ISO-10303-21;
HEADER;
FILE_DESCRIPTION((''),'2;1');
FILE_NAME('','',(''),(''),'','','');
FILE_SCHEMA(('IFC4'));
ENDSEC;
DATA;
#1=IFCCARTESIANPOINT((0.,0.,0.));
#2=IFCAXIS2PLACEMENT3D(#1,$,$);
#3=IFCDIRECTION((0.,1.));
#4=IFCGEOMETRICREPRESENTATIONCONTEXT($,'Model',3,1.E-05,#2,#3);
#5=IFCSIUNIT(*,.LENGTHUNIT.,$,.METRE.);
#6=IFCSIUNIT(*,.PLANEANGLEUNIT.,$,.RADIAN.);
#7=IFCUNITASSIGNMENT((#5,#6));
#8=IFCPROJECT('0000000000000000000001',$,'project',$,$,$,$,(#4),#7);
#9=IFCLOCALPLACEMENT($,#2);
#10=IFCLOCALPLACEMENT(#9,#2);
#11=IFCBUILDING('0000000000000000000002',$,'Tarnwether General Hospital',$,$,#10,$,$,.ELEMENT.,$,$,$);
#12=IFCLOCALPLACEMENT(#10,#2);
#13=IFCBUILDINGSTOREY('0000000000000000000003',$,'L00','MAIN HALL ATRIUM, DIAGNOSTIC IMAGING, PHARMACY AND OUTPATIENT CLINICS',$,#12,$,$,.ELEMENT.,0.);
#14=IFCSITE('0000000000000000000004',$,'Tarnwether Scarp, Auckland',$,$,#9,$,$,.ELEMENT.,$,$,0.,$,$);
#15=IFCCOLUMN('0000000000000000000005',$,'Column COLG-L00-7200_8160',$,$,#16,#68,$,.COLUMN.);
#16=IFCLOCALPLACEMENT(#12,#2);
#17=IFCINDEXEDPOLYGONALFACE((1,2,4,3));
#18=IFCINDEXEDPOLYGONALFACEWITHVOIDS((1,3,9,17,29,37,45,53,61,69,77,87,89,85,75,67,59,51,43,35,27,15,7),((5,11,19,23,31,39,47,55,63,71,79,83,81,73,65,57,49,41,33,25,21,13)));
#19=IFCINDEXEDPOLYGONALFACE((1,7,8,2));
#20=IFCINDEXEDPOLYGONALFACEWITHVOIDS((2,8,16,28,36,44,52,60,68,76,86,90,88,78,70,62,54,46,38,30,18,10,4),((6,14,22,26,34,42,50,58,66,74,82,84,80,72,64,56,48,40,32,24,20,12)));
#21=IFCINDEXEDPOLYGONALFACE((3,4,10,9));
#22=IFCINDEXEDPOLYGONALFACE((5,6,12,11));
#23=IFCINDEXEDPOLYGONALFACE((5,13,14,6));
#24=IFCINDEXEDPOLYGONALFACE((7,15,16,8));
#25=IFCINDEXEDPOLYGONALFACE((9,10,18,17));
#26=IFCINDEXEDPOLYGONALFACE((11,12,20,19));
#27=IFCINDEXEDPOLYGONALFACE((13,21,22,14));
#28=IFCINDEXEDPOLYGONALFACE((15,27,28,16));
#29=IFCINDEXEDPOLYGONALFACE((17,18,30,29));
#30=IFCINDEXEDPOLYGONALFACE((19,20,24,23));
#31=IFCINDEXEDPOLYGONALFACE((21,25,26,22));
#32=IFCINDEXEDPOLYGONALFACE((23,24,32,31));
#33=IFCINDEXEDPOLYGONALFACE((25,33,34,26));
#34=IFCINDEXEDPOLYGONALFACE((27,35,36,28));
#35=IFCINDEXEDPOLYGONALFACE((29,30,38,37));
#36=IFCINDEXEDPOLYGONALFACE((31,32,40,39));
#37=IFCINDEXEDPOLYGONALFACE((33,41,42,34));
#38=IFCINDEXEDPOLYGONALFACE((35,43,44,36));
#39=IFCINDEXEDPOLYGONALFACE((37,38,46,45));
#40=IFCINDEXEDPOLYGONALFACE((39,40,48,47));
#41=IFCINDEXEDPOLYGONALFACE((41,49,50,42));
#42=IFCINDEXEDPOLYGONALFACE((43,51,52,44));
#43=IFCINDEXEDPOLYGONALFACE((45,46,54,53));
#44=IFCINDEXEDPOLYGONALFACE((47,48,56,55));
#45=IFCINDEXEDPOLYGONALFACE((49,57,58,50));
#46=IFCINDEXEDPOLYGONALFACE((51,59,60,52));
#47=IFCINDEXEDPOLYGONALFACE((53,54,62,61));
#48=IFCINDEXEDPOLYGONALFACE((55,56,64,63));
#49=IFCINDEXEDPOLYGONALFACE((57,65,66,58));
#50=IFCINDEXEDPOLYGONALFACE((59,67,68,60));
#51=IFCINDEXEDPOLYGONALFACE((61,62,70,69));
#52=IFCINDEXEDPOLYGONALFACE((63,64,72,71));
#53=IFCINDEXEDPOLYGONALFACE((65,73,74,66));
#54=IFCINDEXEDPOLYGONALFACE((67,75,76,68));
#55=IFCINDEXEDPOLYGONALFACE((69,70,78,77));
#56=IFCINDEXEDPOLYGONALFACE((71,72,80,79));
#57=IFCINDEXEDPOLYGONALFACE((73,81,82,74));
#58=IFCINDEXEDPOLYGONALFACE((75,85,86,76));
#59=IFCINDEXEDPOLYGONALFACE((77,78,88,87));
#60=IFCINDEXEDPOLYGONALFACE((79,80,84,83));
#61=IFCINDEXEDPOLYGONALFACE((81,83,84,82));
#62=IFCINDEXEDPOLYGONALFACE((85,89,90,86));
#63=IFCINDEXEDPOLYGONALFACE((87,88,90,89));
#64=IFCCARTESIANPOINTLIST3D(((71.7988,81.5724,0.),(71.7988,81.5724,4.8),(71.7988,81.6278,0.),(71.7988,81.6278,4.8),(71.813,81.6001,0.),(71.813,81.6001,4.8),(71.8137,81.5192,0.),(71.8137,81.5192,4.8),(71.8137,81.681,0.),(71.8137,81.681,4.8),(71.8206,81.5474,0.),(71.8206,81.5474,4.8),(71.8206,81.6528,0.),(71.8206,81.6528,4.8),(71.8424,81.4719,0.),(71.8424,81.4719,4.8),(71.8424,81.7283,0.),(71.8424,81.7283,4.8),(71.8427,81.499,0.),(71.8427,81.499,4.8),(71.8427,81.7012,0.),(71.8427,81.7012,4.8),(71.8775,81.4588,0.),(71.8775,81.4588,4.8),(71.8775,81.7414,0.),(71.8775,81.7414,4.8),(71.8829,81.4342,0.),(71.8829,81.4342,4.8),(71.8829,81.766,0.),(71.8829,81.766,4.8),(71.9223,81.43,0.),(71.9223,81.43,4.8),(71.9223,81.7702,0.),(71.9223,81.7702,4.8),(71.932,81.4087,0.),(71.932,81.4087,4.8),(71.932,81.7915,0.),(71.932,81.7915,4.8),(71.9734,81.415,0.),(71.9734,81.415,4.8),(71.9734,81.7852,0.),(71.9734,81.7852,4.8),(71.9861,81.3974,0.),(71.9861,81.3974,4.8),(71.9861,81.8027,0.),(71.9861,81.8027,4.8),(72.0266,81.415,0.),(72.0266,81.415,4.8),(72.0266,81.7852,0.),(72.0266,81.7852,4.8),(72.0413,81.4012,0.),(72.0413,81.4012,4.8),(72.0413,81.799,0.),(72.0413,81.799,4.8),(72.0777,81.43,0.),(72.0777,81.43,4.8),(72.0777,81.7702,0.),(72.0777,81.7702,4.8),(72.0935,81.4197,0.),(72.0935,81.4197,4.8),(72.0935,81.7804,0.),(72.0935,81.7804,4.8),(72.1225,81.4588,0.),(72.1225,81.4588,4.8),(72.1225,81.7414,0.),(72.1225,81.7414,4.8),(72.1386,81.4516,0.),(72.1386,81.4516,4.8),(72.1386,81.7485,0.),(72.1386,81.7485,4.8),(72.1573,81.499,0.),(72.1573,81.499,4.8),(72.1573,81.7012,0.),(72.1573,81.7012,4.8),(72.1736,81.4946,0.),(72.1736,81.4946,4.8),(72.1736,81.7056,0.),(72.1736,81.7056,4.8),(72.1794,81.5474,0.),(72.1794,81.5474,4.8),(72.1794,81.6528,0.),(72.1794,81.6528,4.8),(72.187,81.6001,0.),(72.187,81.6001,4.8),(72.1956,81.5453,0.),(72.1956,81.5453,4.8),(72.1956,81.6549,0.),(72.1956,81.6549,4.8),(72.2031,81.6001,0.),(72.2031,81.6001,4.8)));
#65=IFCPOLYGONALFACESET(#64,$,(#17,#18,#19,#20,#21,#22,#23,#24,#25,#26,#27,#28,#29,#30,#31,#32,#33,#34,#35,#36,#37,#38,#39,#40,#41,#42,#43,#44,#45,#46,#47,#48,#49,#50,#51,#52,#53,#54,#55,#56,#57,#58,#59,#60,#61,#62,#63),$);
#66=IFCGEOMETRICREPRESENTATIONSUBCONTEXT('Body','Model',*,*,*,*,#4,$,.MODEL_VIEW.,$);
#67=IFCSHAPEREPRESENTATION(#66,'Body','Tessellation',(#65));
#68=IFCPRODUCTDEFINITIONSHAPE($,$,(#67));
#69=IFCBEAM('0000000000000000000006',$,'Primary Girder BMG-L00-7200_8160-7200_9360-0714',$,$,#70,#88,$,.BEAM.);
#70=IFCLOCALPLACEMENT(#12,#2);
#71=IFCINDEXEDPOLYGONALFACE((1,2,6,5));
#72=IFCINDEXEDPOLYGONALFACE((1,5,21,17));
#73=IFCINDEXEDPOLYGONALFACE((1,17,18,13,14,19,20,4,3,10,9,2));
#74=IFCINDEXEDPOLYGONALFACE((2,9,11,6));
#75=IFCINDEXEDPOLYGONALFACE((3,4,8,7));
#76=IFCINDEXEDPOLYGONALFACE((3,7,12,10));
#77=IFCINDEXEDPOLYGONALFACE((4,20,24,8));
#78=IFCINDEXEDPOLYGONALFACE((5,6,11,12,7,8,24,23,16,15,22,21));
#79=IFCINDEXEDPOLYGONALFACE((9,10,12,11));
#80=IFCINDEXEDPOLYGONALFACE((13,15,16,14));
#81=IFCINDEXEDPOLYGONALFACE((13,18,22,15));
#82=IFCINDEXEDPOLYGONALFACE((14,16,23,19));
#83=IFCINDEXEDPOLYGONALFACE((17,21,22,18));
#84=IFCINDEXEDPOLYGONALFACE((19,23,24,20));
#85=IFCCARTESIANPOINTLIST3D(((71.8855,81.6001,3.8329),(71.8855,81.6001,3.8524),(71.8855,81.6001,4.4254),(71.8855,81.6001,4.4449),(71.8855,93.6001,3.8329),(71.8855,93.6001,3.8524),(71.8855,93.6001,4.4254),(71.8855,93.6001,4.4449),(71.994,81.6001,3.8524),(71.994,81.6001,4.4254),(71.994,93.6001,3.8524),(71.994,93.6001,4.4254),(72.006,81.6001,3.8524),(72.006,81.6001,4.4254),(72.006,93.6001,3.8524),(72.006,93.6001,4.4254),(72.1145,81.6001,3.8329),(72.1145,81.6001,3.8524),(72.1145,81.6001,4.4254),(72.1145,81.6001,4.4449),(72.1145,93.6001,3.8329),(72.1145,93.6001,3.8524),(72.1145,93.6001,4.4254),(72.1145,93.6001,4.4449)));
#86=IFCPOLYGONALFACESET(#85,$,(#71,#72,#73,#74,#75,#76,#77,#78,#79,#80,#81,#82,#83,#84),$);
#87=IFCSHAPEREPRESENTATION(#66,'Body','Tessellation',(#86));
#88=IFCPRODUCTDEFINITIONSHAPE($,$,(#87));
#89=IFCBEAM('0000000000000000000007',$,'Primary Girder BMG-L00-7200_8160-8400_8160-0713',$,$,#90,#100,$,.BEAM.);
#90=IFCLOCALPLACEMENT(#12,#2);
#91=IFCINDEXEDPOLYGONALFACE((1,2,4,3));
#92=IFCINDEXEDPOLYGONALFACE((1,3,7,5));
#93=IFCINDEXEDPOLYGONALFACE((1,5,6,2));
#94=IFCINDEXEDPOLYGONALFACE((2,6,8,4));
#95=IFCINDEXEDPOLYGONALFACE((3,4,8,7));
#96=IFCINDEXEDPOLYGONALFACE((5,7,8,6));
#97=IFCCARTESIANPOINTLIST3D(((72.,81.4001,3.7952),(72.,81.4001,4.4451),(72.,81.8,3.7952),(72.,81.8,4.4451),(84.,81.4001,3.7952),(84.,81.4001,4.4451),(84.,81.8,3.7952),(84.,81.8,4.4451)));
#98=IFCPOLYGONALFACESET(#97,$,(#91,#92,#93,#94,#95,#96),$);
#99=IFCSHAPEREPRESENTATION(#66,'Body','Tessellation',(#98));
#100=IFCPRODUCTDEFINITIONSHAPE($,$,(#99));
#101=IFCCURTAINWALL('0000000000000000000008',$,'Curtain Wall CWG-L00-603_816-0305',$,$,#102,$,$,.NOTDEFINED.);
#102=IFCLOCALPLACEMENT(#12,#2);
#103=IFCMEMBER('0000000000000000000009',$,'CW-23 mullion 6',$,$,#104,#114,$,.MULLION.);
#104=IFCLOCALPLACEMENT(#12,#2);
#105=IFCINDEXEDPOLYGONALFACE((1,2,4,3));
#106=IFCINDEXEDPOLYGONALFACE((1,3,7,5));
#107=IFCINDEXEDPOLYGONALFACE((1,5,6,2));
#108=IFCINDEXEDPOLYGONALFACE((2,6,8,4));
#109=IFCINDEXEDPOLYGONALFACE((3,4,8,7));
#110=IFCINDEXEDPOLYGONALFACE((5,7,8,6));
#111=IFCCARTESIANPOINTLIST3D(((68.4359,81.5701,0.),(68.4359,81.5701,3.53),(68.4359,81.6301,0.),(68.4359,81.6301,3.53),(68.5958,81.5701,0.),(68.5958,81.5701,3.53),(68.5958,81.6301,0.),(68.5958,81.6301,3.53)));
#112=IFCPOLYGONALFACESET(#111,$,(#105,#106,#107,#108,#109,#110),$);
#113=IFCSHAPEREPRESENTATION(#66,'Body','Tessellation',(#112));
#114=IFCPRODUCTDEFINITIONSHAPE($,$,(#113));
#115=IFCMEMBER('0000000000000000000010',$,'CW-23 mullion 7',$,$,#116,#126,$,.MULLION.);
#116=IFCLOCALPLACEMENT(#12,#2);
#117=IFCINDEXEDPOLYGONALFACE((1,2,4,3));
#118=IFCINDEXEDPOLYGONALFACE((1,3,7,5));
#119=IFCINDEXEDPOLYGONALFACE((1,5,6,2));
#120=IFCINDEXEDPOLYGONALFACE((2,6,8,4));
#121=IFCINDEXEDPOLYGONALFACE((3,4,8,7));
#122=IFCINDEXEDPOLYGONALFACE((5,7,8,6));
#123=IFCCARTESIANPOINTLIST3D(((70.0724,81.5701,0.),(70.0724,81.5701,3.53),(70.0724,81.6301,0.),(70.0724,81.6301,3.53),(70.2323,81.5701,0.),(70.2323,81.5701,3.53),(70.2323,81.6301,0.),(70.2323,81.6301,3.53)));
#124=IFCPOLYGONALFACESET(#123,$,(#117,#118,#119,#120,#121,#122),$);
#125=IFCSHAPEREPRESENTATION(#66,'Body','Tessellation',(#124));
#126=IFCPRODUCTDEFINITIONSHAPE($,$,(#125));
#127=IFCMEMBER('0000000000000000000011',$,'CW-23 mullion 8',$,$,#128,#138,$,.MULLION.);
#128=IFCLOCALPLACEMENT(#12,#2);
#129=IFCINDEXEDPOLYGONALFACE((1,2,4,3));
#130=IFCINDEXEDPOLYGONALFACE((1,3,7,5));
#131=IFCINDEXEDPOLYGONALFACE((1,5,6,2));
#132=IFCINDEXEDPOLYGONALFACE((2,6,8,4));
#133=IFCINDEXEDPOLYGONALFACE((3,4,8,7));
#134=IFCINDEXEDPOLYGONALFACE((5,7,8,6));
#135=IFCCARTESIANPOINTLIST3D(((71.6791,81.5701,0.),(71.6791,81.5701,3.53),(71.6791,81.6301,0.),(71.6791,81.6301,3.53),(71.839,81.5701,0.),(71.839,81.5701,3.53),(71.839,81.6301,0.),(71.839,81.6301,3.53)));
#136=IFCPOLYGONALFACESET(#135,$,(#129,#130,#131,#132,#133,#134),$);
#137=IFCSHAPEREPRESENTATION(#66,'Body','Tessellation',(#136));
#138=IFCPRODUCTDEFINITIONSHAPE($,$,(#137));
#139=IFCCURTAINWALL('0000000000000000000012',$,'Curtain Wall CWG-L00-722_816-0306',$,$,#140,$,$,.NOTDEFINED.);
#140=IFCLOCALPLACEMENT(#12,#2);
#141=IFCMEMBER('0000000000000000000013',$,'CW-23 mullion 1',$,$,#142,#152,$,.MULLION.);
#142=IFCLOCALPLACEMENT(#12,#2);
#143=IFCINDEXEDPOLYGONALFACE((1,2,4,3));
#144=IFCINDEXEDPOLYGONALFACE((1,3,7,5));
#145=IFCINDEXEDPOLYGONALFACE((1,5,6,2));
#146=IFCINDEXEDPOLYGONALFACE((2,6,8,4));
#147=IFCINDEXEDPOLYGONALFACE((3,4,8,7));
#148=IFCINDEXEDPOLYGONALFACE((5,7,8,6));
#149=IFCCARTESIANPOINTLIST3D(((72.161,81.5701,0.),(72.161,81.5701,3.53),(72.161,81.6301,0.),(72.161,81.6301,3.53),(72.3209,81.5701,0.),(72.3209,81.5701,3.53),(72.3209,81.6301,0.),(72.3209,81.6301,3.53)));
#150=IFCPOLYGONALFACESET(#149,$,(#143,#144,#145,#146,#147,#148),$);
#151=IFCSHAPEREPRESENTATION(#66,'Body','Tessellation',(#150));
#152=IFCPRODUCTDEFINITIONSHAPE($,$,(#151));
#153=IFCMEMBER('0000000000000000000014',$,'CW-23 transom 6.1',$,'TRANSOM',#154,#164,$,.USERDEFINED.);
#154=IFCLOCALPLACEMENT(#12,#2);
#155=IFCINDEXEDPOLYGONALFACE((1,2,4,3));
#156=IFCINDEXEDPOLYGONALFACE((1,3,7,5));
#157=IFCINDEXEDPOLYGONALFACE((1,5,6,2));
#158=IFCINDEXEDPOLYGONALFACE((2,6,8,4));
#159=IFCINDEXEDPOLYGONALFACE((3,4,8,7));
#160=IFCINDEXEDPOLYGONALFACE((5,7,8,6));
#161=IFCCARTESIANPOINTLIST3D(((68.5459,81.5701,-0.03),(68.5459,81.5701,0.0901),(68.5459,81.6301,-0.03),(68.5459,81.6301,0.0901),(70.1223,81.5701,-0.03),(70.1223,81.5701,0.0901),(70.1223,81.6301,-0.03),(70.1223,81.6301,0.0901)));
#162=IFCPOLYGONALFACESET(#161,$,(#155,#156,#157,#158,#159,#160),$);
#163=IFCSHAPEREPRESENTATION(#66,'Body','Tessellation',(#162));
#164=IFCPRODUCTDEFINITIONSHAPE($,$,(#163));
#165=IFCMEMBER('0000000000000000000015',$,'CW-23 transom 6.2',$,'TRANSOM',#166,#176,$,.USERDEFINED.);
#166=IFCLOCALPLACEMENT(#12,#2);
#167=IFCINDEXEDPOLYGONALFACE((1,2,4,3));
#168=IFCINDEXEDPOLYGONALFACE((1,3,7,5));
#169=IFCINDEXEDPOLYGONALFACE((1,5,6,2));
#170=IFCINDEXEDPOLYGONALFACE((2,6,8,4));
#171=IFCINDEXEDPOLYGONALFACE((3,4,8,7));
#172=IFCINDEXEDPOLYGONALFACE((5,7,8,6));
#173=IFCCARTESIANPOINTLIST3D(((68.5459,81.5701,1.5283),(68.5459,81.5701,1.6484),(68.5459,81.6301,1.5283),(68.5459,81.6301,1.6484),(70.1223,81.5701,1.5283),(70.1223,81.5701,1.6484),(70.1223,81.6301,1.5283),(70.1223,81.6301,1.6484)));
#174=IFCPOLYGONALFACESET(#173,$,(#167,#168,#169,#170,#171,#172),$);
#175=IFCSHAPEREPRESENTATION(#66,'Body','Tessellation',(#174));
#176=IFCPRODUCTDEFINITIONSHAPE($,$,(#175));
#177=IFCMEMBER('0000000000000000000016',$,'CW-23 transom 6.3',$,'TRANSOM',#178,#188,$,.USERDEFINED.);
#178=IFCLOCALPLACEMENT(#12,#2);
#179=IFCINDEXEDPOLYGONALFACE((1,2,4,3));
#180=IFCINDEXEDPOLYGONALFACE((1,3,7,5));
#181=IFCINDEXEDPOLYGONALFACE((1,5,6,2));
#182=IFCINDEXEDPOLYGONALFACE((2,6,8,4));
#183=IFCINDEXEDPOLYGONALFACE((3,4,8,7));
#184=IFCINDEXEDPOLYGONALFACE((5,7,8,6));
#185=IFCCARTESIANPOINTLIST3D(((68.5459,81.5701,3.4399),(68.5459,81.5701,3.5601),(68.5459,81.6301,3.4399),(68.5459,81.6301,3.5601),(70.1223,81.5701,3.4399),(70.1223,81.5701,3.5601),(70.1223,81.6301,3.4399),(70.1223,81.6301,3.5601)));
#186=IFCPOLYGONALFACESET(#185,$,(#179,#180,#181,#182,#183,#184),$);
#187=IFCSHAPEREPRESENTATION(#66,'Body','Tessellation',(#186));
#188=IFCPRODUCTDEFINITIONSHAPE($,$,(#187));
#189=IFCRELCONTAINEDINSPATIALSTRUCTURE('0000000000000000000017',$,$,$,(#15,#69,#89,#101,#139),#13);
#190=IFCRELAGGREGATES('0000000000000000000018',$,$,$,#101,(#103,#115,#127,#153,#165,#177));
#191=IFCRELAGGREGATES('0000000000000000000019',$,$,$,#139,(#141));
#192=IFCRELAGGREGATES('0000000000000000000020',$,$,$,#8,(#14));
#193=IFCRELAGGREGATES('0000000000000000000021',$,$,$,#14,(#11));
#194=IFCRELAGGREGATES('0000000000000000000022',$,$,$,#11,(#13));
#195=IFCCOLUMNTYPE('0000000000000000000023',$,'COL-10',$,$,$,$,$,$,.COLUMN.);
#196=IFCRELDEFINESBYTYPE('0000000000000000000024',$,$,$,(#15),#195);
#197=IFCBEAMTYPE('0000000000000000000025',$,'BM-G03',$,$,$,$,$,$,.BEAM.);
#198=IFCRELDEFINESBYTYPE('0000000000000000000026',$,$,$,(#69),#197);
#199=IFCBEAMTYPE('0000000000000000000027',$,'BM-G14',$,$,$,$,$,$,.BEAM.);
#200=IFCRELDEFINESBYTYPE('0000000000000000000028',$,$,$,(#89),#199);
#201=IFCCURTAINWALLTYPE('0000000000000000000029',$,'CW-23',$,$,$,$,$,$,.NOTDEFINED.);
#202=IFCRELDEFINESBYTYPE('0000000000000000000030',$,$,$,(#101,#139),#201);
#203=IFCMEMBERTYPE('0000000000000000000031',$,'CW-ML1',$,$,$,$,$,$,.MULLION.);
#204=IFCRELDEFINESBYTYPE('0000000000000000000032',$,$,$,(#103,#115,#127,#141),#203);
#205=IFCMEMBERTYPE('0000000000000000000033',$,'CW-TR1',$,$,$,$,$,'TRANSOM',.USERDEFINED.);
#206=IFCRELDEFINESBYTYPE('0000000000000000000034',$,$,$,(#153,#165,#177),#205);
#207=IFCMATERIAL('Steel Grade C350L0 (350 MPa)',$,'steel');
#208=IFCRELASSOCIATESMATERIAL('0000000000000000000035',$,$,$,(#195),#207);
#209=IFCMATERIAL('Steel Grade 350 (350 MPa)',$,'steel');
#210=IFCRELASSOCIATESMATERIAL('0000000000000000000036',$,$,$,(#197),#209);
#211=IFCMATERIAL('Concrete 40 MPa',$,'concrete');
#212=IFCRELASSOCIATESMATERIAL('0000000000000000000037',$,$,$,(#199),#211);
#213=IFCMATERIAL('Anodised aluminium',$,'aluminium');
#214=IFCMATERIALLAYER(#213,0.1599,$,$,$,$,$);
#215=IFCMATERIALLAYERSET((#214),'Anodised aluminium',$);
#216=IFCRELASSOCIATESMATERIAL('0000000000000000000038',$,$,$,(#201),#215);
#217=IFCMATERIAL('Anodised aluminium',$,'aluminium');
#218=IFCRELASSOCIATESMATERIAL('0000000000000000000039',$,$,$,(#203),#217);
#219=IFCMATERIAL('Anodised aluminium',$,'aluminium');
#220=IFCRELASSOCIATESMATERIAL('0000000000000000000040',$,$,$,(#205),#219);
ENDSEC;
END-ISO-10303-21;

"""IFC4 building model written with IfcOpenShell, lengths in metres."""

from ifc_helpers import new_model, si_unit, direction, frame, origin, origin_2d, place, context, subcontext, project, spatial, rectangle, hollow_circle, i_section, extrude, material, layer, layer_set, material_profile, profile_set, type_object, element, aggregate, save


model = new_model("IFC4")

# Units and contexts
model_context = context("Model", 3, precision=1e-05, world=origin(), true_north=direction((0.0, 1.0)))
body_context = subcontext(model_context, "Body", "Model", "MODEL_VIEW")
ifc_project = project(units=[si_unit("LENGTHUNIT", "METRE"), si_unit("PLANEANGLEUNIT", "RADIAN")], contexts=[model_context])

# Site, building, storey
site_placement = place(None, origin())
site = spatial("IfcSite", under=ifc_project, at=site_placement, Name="Tarnwether Scarp, Auckland", CompositionType="ELEMENT", RefElevation=0.0)
building_placement = place(site_placement, origin())
building = spatial("IfcBuilding", under=site, at=building_placement, Name="Tarnwether General Hospital", CompositionType="ELEMENT")
storey_placement = place(building_placement, origin())
storey = spatial("IfcBuildingStorey", under=building, at=storey_placement, Name="L00", Description="MAIN HALL ATRIUM, DIAGNOSTIC IMAGING, PHARMACY AND OUTPATIENT CLINICS", CompositionType="ELEMENT", Elevation=0.0)

# Column
ifc_material_1 = material(Name="Steel Grade C350L0 (350 MPa)", Category="steel")
ifc_material_profile_1 = material_profile(ifc_material_1, hollow_circle(Radius=0.2031, WallThickness=0.0161, at=origin_2d()), Name="CHS406.4x16.0")
ifc_profile_set_1 = profile_set([ifc_material_profile_1], Name="Steel Grade C350L0 (350 MPa)")
column_type = type_object("IfcColumnType", Name="COL-10", PredefinedType="COLUMN", material=ifc_profile_set_1)
column_placement = place(storey_placement, frame((72.0, 81.6001, 0.0), z_axis=(0.0, 0.0, 1.0), x_axis=(1.0, 0.0, 0.0)))
element("IfcColumn", 1, at=column_placement, inside=storey, type_object=column_type, Name="Column COLG-L00-7200_8160", PredefinedType="COLUMN", context=body_context, shape_type="SweptSolid", body=[
    extrude(hollow_circle(Radius=0.2031, WallThickness=0.0161, at=origin_2d()), origin(), (0.0, 0.0, 1.0), 4.8),
])

# Beams
ifc_material_2 = material(Name="Steel Grade 350 (350 MPa)", Category="steel")
ifc_material_profile_2 = material_profile(ifc_material_2, i_section(OverallWidth=0.229, OverallDepth=0.6121, WebThickness=0.012, FlangeThickness=0.0195, at=origin_2d()), Name="610UB125")
ifc_profile_set_2 = profile_set([ifc_material_profile_2], Name="Steel Grade 350 (350 MPa)")
beam_type_1 = type_object("IfcBeamType", Name="BM-G03", PredefinedType="BEAM", material=ifc_profile_set_2)
beam_1_placement = place(storey_placement, frame((72.0, 81.6001, 4.1389), z_axis=(0.0, 1.0, 0.0), x_axis=(-1.0, 0.0, 0.0)))
element("IfcBeam", 2, at=beam_1_placement, inside=storey, type_object=beam_type_1, Name="Primary Girder BMG-L00-7200_8160-7200_9360-0714", PredefinedType="BEAM", context=body_context, shape_type="SweptSolid", body=[
    extrude(i_section(OverallWidth=0.229, OverallDepth=0.6121, WebThickness=0.012, FlangeThickness=0.0195, at=origin_2d()), origin(), (0.0, 0.0, 1.0), 12.0),
])
ifc_material_3 = material(Name="Concrete 40 MPa", Category="concrete")
ifc_material_profile_3 = material_profile(ifc_material_3, rectangle(XDim=0.3999, YDim=0.6499, at=origin_2d()), Name="RC-BM-400x650")
ifc_profile_set_3 = profile_set([ifc_material_profile_3], Name="Concrete 40 MPa")
beam_type_2 = type_object("IfcBeamType", Name="BM-G14", PredefinedType="BEAM", material=ifc_profile_set_3)
beam_2_placement = place(storey_placement, frame((72.0, 81.6001, 4.1201), z_axis=(1.0, 0.0, 0.0), x_axis=(0.0, 1.0, 0.0)))
element("IfcBeam", 3, at=beam_2_placement, inside=storey, type_object=beam_type_2, Name="Primary Girder BMG-L00-7200_8160-8400_8160-0713", PredefinedType="BEAM", context=body_context, shape_type="SweptSolid", body=[
    extrude(rectangle(XDim=0.3999, YDim=0.6499, at=origin_2d()), origin(), (0.0, 0.0, 1.0), 12.0),
])

# Curtain wall, members
ifc_material_4 = material(Name="Anodised aluminium", Category="aluminium")
ifc_layer_1 = layer(ifc_material_4, 0.1599)
ifc_layer_set_1 = layer_set([ifc_layer_1], Name="Anodised aluminium")
curtain_wall_type = type_object("IfcCurtainWallType", Name="CW-23", PredefinedType="NOTDEFINED", material=ifc_layer_set_1)
curtain_wall_1_placement = place(storey_placement, origin())
curtain_wall_1 = element("IfcCurtainWall", 4, at=curtain_wall_1_placement, inside=storey, type_object=curtain_wall_type, Name="Curtain Wall CWG-L00-603_816-0305", PredefinedType="NOTDEFINED")
ifc_material_5 = material(Name="Anodised aluminium", Category="aluminium")
ifc_material_profile_4 = material_profile(ifc_material_5, rectangle(XDim=0.0601, YDim=0.1599, at=origin_2d()), Name="ALU-MUL-60x160")
ifc_profile_set_4 = profile_set([ifc_material_profile_4], Name="Anodised aluminium")
member_type_1 = type_object("IfcMemberType", Name="CW-ML1", PredefinedType="MULLION", material=ifc_profile_set_4)
member_1_placement = place(storey_placement, frame((68.5159, 81.6001, 0.0), z_axis=(0.0, 0.0, 1.0), x_axis=(0.0, 1.0, 0.0)))
member_1 = element("IfcMember", 5, at=member_1_placement, type_object=member_type_1, Name="CW-23 mullion 6", PredefinedType="MULLION", context=body_context, shape_type="SweptSolid", body=[
    extrude(rectangle(XDim=0.0601, YDim=0.1599, at=origin_2d()), origin(), (0.0, 0.0, 1.0), 3.53),
])
member_2_placement = place(storey_placement, frame((70.1523, 81.6001, 0.0), z_axis=(0.0, 0.0, 1.0), x_axis=(0.0, 1.0, 0.0)))
member_2 = element("IfcMember", 6, at=member_2_placement, type_object=member_type_1, Name="CW-23 mullion 7", PredefinedType="MULLION", context=body_context, shape_type="SweptSolid", body=[
    extrude(rectangle(XDim=0.0601, YDim=0.1599, at=origin_2d()), origin(), (0.0, 0.0, 1.0), 3.53),
])
member_3_placement = place(storey_placement, frame((71.759, 81.6001, 0.0), z_axis=(0.0, 0.0, 1.0), x_axis=(0.0, 1.0, 0.0)))
member_3 = element("IfcMember", 7, at=member_3_placement, type_object=member_type_1, Name="CW-23 mullion 8", PredefinedType="MULLION", context=body_context, shape_type="SweptSolid", body=[
    extrude(rectangle(XDim=0.0601, YDim=0.1599, at=origin_2d()), origin(), (0.0, 0.0, 1.0), 3.53),
])

# Curtain wall, member
curtain_wall_2_placement = place(storey_placement, origin())
curtain_wall_2 = element("IfcCurtainWall", 8, at=curtain_wall_2_placement, inside=storey, type_object=curtain_wall_type, Name="Curtain Wall CWG-L00-722_816-0306", PredefinedType="NOTDEFINED")
member_4_placement = place(storey_placement, frame((72.241, 81.6001, 0.0), z_axis=(0.0, 0.0, 1.0), x_axis=(0.0, 1.0, 0.0)))
member_4 = element("IfcMember", 9, at=member_4_placement, type_object=member_type_1, Name="CW-23 mullion 1", PredefinedType="MULLION", context=body_context, shape_type="SweptSolid", body=[
    extrude(rectangle(XDim=0.0601, YDim=0.1599, at=origin_2d()), origin(), (0.0, 0.0, 1.0), 3.53),
])

# Members
ifc_material_6 = material(Name="Anodised aluminium", Category="aluminium")
ifc_material_profile_5 = material_profile(ifc_material_6, rectangle(XDim=0.0601, YDim=0.1201, at=origin_2d()), Name="ALU-TRN-60x120")
ifc_profile_set_5 = profile_set([ifc_material_profile_5], Name="Anodised aluminium")
member_type_2 = type_object("IfcMemberType", Name="CW-TR1", ElementType="TRANSOM", PredefinedType="USERDEFINED", material=ifc_profile_set_5)
member_5_placement = place(storey_placement, frame((68.5459, 81.6001, 0.03), z_axis=(1.0, 0.0, 0.0), x_axis=(0.0, 1.0, 0.0)))
member_5 = element("IfcMember", 10, at=member_5_placement, type_object=member_type_2, Name="CW-23 transom 6.1", ObjectType="TRANSOM", PredefinedType="USERDEFINED", context=body_context, shape_type="SweptSolid", body=[
    extrude(rectangle(XDim=0.0601, YDim=0.1201, at=origin_2d()), origin(), (0.0, 0.0, 1.0), 1.5764),
])
member_6_placement = place(storey_placement, frame((68.5459, 81.6001, 1.5884), z_axis=(1.0, 0.0, 0.0), x_axis=(0.0, 1.0, 0.0)))
member_6 = element("IfcMember", 11, at=member_6_placement, type_object=member_type_2, Name="CW-23 transom 6.2", ObjectType="TRANSOM", PredefinedType="USERDEFINED", context=body_context, shape_type="SweptSolid", body=[
    extrude(rectangle(XDim=0.0601, YDim=0.1201, at=origin_2d()), origin(), (0.0, 0.0, 1.0), 1.5764),
])
member_7_placement = place(storey_placement, frame((68.5459, 81.6001, 3.5), z_axis=(1.0, 0.0, 0.0), x_axis=(0.0, 1.0, 0.0)))
member_7 = element("IfcMember", 12, at=member_7_placement, type_object=member_type_2, Name="CW-23 transom 6.3", ObjectType="TRANSOM", PredefinedType="USERDEFINED", context=body_context, shape_type="SweptSolid", body=[
    extrude(rectangle(XDim=0.0601, YDim=0.1201, at=origin_2d()), origin(), (0.0, 0.0, 1.0), 1.5764),
])

aggregate(curtain_wall_1, [member_1, member_2, member_3, member_5, member_6, member_7])
aggregate(curtain_wall_2, [member_4])

save(model, "model.ifc")
